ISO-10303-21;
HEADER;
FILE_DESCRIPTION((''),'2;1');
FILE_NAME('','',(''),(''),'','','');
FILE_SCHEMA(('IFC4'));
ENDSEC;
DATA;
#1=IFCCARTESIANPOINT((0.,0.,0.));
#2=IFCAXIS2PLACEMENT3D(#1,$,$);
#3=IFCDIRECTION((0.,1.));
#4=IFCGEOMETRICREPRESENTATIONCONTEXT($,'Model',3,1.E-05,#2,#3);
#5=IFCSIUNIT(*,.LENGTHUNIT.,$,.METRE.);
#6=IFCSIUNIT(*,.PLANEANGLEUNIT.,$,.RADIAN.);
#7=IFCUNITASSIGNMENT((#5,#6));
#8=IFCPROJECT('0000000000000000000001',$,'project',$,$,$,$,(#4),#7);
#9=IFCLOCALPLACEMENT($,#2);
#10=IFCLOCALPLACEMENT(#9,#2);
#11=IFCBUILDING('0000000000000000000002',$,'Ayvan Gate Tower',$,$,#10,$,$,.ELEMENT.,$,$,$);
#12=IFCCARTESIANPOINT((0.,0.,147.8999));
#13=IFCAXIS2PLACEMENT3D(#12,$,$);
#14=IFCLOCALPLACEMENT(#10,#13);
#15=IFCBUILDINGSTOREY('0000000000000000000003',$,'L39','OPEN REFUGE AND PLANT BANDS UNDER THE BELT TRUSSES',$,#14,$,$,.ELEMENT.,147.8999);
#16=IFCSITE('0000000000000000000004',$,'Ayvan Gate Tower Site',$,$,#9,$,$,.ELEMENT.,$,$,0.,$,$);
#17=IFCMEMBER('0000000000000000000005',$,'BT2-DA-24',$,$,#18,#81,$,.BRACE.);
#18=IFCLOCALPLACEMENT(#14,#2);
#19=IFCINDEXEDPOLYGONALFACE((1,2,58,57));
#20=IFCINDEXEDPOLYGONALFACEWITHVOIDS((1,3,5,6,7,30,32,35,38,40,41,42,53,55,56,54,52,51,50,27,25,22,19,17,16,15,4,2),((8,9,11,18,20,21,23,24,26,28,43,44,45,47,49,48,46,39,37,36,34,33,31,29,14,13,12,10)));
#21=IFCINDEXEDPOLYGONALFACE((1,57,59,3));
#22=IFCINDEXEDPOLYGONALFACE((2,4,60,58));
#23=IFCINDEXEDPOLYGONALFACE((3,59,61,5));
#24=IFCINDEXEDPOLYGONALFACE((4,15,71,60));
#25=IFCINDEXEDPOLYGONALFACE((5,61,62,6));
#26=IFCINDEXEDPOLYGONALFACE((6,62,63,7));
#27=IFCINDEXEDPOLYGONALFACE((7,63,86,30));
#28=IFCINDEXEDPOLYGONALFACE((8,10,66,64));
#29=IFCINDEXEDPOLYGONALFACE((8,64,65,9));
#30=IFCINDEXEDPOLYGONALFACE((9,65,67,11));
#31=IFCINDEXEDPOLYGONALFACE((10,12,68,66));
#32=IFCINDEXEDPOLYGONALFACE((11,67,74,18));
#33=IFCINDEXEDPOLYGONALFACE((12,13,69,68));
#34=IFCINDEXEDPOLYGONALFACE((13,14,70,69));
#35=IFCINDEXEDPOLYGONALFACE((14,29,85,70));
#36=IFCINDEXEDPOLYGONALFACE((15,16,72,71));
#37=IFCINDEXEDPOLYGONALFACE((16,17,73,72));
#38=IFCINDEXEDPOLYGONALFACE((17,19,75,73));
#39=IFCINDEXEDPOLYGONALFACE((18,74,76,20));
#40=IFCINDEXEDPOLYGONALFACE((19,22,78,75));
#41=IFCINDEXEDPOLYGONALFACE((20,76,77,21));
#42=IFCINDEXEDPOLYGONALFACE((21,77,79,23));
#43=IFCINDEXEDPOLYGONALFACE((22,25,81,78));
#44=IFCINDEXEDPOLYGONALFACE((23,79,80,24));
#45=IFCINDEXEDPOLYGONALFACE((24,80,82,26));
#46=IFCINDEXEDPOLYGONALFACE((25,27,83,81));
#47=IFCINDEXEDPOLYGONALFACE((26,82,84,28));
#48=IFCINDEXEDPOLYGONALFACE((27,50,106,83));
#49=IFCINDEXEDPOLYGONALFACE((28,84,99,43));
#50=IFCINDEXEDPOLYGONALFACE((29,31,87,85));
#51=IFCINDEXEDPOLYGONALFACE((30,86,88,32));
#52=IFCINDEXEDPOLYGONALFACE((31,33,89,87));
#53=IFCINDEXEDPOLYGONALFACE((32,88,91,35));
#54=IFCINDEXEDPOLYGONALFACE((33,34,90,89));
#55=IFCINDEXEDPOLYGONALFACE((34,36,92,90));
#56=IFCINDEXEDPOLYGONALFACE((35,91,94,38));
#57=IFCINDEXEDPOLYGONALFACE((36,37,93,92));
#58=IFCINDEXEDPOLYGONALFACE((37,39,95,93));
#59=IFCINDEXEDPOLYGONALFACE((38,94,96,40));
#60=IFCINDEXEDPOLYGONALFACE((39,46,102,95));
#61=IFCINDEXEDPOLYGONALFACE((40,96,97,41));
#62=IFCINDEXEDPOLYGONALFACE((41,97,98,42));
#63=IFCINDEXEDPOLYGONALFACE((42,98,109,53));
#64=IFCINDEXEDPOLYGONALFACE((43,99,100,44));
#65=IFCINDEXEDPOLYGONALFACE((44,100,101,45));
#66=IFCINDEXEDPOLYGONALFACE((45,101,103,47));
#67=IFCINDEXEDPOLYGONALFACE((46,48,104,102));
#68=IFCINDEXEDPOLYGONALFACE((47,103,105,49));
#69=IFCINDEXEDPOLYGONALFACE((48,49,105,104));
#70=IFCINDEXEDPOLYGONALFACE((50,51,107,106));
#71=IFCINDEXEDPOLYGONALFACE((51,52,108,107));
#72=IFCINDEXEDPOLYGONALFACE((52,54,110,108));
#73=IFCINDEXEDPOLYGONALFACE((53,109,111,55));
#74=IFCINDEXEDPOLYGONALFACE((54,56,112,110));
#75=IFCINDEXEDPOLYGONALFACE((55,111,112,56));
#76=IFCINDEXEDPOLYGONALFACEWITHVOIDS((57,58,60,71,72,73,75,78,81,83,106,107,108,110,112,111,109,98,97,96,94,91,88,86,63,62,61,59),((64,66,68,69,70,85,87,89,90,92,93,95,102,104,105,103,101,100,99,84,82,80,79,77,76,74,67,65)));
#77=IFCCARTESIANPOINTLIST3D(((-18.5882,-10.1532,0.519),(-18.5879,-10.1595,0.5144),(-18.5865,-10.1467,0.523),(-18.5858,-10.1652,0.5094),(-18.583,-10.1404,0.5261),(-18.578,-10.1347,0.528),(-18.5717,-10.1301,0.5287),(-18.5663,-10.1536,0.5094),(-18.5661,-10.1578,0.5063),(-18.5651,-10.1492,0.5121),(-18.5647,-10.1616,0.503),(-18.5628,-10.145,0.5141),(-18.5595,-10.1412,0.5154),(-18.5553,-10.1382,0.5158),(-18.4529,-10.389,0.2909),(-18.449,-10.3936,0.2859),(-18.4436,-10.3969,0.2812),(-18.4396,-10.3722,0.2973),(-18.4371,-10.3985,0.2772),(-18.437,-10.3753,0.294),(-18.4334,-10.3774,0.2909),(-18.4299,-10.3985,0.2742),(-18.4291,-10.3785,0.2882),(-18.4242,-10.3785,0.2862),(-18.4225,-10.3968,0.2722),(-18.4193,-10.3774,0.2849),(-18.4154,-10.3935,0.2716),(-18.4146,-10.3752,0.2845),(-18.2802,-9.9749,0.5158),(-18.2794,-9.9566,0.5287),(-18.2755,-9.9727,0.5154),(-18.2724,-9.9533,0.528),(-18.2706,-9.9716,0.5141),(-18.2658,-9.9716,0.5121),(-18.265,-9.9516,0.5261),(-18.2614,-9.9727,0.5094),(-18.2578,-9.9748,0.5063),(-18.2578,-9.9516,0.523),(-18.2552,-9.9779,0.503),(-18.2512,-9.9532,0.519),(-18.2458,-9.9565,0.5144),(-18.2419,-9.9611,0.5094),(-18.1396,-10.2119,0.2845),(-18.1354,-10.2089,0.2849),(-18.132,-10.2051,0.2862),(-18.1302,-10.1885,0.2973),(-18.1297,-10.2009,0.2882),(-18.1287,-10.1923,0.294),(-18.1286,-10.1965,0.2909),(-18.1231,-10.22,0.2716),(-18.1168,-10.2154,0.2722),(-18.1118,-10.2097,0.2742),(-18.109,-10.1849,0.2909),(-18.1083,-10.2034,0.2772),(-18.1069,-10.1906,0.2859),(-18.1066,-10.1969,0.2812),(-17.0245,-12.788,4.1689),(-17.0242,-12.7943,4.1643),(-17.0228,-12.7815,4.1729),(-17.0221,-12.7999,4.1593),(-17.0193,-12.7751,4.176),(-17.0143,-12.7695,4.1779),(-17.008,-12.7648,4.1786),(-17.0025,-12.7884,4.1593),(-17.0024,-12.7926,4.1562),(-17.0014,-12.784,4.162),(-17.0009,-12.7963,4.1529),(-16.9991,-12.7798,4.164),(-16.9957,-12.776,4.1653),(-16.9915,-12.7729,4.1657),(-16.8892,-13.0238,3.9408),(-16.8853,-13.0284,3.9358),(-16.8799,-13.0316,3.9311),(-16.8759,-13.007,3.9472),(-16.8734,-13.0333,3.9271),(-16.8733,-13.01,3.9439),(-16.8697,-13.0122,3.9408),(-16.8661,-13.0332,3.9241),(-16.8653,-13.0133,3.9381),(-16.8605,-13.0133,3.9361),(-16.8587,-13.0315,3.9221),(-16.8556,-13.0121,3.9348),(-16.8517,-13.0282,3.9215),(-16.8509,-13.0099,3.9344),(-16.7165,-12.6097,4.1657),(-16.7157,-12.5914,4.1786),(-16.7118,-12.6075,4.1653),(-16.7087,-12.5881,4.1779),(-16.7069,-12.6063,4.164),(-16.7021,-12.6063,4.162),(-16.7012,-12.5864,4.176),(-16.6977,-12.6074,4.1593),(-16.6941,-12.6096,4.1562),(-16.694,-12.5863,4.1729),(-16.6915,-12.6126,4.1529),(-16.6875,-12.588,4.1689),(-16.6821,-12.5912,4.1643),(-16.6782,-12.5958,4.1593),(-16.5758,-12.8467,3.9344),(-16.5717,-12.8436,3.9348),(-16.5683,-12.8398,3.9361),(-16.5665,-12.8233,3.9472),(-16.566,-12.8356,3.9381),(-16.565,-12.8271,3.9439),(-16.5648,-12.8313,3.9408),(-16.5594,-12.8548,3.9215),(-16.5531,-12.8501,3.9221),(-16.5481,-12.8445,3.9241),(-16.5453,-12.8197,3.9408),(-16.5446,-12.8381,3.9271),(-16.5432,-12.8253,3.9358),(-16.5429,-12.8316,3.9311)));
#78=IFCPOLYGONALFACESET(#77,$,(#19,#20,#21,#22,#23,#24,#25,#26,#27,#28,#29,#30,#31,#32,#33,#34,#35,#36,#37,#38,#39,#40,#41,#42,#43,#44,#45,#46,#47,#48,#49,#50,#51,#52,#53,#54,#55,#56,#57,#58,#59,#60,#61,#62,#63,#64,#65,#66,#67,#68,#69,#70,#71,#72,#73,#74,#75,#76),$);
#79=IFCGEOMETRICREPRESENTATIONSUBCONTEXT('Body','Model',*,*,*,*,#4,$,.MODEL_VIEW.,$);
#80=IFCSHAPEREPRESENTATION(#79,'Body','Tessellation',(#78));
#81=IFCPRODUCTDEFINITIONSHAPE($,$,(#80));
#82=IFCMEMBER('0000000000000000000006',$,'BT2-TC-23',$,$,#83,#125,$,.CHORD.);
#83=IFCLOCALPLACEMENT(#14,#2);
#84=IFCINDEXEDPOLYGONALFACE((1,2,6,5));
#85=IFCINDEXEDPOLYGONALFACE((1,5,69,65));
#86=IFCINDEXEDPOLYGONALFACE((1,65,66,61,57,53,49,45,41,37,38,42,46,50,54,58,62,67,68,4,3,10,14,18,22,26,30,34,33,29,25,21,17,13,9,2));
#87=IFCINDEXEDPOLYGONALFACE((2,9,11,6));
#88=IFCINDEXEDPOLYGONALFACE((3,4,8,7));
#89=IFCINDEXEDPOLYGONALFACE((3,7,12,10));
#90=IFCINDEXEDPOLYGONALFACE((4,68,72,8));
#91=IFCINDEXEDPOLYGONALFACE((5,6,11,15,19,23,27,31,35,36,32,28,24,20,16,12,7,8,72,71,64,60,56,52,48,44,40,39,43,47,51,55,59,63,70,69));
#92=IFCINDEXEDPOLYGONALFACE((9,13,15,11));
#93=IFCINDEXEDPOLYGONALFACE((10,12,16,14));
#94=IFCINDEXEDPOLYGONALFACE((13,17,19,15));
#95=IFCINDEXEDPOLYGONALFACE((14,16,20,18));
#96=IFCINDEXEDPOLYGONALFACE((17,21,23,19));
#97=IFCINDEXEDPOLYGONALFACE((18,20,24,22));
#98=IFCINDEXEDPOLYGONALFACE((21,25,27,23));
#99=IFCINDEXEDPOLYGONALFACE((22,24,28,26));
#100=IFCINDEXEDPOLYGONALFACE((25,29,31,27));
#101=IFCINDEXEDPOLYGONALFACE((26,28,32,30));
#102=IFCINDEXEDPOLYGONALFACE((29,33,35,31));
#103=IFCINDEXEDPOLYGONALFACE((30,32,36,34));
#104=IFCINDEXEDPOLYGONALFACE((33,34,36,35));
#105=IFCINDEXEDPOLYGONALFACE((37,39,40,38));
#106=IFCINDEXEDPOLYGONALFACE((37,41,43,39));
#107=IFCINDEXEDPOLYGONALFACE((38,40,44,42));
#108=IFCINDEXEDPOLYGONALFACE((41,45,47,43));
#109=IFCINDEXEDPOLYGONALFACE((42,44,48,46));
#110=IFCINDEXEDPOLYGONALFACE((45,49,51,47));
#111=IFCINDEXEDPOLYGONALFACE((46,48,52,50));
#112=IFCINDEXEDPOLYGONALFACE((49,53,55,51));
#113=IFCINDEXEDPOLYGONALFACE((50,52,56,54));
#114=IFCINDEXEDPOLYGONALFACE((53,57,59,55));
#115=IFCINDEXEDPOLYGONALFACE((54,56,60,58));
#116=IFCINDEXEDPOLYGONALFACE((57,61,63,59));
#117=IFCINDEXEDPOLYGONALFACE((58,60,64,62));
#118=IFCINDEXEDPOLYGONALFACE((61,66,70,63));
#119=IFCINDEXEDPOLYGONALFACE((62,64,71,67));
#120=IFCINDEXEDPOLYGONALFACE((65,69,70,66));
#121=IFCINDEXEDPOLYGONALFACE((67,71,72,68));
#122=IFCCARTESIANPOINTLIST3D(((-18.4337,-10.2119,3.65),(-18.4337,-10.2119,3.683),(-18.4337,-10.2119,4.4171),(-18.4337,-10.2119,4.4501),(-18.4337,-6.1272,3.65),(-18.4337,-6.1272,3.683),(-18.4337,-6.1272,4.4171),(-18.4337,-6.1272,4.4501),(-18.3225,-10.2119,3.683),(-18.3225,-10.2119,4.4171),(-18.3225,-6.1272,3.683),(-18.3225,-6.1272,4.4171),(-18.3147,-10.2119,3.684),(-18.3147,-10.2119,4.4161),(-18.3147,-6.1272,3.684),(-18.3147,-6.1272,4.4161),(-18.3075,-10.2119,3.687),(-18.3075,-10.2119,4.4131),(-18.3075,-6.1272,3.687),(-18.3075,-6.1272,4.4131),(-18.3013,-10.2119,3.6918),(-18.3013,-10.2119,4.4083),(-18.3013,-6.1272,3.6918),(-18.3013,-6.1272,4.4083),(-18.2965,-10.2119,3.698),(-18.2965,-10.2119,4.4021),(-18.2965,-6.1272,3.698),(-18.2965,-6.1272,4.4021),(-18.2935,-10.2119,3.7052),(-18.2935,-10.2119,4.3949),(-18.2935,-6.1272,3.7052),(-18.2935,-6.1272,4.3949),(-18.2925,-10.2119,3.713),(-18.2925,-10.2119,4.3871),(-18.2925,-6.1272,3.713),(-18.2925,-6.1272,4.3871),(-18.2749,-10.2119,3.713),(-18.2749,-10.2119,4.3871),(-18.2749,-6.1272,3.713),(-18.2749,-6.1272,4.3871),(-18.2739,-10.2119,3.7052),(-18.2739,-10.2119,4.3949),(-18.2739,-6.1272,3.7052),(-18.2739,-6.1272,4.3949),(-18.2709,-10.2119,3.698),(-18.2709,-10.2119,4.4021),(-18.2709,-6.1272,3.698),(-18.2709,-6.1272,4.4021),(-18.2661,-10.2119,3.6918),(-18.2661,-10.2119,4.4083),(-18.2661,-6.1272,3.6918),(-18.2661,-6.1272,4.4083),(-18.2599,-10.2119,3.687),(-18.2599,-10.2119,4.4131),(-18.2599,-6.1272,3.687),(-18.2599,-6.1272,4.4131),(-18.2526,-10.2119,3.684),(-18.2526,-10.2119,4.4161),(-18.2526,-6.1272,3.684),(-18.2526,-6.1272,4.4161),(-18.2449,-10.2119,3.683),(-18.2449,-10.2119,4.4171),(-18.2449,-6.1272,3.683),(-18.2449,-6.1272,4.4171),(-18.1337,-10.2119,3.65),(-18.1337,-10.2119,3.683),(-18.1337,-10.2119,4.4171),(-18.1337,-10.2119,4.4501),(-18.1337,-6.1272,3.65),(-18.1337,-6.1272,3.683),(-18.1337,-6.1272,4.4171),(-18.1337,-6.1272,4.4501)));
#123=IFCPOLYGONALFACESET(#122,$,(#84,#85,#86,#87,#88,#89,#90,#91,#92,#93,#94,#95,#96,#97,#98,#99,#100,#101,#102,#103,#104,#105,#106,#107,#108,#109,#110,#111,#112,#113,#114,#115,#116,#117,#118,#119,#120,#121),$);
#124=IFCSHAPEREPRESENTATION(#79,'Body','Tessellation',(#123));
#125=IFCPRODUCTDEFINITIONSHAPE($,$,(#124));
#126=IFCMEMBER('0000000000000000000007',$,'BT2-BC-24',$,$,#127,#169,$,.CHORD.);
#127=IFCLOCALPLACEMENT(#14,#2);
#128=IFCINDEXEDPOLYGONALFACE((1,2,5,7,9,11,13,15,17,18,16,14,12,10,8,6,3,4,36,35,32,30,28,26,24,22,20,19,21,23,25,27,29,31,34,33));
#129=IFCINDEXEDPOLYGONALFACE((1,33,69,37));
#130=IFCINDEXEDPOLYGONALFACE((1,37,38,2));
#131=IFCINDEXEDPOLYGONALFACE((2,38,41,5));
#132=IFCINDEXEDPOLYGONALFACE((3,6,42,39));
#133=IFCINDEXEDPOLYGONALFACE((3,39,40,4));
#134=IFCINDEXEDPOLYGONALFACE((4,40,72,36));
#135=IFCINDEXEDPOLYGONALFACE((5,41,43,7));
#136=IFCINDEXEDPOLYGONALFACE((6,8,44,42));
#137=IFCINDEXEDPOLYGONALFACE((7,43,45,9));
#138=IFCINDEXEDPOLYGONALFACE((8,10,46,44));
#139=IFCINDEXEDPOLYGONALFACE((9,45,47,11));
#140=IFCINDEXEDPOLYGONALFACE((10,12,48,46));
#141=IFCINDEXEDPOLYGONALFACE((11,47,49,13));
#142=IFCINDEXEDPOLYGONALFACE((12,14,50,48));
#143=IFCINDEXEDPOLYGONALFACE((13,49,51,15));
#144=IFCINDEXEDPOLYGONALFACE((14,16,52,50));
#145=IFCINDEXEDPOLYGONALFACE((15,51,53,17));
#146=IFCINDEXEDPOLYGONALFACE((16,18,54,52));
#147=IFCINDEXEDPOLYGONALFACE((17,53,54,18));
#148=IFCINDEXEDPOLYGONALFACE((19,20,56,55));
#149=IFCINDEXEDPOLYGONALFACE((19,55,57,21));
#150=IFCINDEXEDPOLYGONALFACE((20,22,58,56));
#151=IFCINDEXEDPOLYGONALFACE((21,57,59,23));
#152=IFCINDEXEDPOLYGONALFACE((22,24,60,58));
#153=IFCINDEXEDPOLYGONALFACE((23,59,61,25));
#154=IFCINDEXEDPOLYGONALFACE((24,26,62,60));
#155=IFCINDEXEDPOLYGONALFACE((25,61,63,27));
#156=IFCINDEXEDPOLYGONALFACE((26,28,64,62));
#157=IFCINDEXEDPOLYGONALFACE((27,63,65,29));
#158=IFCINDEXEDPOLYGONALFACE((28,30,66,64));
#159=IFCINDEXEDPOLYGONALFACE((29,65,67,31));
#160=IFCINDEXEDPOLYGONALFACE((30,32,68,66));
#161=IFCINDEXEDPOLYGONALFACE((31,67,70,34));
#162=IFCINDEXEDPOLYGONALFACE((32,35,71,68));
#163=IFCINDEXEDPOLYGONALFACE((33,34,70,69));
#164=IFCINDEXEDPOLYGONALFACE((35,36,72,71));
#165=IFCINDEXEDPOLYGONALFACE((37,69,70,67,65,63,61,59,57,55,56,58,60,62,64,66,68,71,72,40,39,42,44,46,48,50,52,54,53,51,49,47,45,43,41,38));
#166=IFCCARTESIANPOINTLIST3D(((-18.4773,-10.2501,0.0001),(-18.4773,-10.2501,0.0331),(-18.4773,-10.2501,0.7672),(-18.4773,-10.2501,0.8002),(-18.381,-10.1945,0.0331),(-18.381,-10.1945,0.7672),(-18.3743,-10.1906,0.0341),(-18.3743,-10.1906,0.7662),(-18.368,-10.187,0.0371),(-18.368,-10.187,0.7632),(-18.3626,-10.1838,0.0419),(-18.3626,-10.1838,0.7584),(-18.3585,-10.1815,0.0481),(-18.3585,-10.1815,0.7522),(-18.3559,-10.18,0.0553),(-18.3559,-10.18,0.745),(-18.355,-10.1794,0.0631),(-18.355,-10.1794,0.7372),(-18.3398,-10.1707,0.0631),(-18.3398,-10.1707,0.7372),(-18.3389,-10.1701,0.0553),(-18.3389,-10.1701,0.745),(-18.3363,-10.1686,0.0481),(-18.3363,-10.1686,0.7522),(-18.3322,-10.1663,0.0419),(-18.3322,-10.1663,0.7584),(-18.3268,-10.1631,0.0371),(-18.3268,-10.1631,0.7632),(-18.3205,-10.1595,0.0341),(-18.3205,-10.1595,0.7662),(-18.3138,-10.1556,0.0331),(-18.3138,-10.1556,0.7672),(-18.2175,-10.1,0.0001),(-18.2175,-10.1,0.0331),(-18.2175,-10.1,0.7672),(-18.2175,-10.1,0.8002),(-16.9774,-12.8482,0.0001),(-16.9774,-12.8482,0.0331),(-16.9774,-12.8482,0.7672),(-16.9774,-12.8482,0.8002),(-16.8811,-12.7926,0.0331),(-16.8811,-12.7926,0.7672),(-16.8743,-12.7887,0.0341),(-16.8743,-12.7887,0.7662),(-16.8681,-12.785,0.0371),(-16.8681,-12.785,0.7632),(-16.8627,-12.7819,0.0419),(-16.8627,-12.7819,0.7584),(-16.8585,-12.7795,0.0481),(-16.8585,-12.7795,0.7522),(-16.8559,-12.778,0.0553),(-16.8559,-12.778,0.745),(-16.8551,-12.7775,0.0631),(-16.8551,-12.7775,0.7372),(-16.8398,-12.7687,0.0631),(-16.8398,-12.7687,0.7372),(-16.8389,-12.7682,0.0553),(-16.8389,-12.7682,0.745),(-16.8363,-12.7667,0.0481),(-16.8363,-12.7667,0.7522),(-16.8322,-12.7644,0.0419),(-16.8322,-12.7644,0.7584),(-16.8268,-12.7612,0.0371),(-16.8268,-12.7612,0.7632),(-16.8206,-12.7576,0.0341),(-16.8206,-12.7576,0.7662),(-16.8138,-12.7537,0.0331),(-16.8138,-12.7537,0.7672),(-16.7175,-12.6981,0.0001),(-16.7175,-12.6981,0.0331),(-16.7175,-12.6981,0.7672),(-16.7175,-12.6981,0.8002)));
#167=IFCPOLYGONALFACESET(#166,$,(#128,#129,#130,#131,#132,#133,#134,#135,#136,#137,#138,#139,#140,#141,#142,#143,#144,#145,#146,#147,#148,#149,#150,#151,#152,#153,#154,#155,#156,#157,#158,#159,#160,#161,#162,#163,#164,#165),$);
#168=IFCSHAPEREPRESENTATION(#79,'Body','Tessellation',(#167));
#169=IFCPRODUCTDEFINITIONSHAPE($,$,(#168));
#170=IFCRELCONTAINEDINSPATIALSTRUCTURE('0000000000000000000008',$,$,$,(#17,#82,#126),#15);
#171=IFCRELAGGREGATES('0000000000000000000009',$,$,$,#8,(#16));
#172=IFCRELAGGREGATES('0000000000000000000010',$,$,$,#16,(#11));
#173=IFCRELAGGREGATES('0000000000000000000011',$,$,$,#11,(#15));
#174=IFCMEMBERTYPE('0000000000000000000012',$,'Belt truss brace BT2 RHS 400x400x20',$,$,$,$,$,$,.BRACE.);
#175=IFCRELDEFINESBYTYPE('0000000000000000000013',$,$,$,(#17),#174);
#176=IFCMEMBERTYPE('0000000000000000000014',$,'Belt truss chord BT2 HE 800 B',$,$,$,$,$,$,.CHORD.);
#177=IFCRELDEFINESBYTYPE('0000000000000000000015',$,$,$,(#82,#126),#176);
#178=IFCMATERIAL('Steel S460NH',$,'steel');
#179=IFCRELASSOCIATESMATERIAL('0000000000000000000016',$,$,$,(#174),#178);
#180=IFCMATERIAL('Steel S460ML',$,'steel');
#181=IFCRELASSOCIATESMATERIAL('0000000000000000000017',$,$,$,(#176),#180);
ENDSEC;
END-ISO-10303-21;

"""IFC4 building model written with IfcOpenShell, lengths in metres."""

from ifc_helpers import new_model, si_unit, direction, frame, origin, origin_2d, place, context, subcontext, project, spatial, hollow_rectangle, i_section, extrude, material, material_profile, profile_set, type_object, element, save


model = new_model("IFC4")

# Units and contexts
model_context = context("Model", 3, precision=1e-05, world=origin(), true_north=direction((0.0, 1.0)))
body_context = subcontext(model_context, "Body", "Model", "MODEL_VIEW")
ifc_project = project(units=[si_unit("LENGTHUNIT", "METRE"), si_unit("PLANEANGLEUNIT", "RADIAN")], contexts=[model_context])

# Site, building, storey
site_placement = place(None, origin())
site = spatial("IfcSite", under=ifc_project, at=site_placement, Name="Ayvan Gate Tower Site", CompositionType="ELEMENT", RefElevation=0.0)
building_placement = place(site_placement, origin())
building = spatial("IfcBuilding", under=site, at=building_placement, Name="Ayvan Gate Tower", CompositionType="ELEMENT")
storey_placement = place(building_placement, frame((0.0, 0.0, 147.8999)))
storey = spatial("IfcBuildingStorey", under=building, at=storey_placement, Name="L39", Description="OPEN REFUGE AND PLANT BANDS UNDER THE BELT TRUSSES", CompositionType="ELEMENT", Elevation=147.8999)

# Members
ifc_material_1 = material(Name="Steel S460NH", Category="steel")
ifc_material_profile_1 = material_profile(ifc_material_1, hollow_rectangle(XDim=0.3999, YDim=0.3999, WallThickness=0.02, InnerFilletRadius=0.02, OuterFilletRadius=0.03, at=origin_2d()), Name="RHS 400x400x20")
ifc_profile_set_1 = profile_set([ifc_material_profile_1], Name="Steel S460NH")
member_type_1 = type_object("IfcMemberType", Name="Belt truss brace BT2 RHS 400x400x20", PredefinedType="BRACE", material=ifc_profile_set_1)
member_1_placement = place(storey_placement, frame((-18.3474, -10.175, 0.4001), z_axis=(0.328141, -0.552895, 0.765918), x_axis=(0.859951, 0.510377, 0.0)))
element("IfcMember", 1, at=member_1_placement, inside=storey, type_object=member_type_1, Name="BT2-DA-24", PredefinedType="BRACE", context=body_context, shape_type="SweptSolid", body=[
    extrude(hollow_rectangle(XDim=0.3999, YDim=0.3999, WallThickness=0.02, InnerFilletRadius=0.02, OuterFilletRadius=0.03, at=origin_2d()), origin(), (0.0, 0.0, 1.0), 4.7654),
])
ifc_material_2 = material(Name="Steel S460ML", Category="steel")
ifc_material_profile_2 = material_profile(ifc_material_2, i_section(OverallWidth=0.3, OverallDepth=0.8, WebThickness=0.0176, FlangeThickness=0.033, FilletRadius=0.03, at=origin_2d()), Name="HE 800 B")
ifc_profile_set_2 = profile_set([ifc_material_profile_2], Name="Steel S460ML")
member_type_2 = type_object("IfcMemberType", Name="Belt truss chord BT2 HE 800 B", PredefinedType="CHORD", material=ifc_profile_set_2)
member_2_placement = place(storey_placement, frame((-18.2837, -6.1272, 4.05), z_axis=(0.0, -1.0, 0.0), x_axis=(1.0, 0.0, 0.0)))
element("IfcMember", 2, at=member_2_placement, inside=storey, type_object=member_type_2, Name="BT2-TC-23", PredefinedType="CHORD", context=body_context, shape_type="SweptSolid", body=[
    extrude(i_section(OverallWidth=0.3, OverallDepth=0.8, WebThickness=0.0176, FlangeThickness=0.033, FilletRadius=0.03, at=origin_2d()), origin(), (0.0, 0.0, 1.0), 4.0847),
])
member_3_placement = place(storey_placement, frame((-18.3474, -10.175, 0.4001), z_axis=(0.49999, -0.866031, 0.0), x_axis=(0.866031, 0.49999, 0.0)))
element("IfcMember", 3, at=member_3_placement, inside=storey, type_object=member_type_2, Name="BT2-BC-24", PredefinedType="CHORD", context=body_context, shape_type="SweptSolid", body=[
    extrude(i_section(OverallWidth=0.3, OverallDepth=0.8, WebThickness=0.0176, FlangeThickness=0.033, FilletRadius=0.03, at=origin_2d()), origin(), (0.0, 0.0, 1.0), 3.0),
])

save(model, "model.ifc")
